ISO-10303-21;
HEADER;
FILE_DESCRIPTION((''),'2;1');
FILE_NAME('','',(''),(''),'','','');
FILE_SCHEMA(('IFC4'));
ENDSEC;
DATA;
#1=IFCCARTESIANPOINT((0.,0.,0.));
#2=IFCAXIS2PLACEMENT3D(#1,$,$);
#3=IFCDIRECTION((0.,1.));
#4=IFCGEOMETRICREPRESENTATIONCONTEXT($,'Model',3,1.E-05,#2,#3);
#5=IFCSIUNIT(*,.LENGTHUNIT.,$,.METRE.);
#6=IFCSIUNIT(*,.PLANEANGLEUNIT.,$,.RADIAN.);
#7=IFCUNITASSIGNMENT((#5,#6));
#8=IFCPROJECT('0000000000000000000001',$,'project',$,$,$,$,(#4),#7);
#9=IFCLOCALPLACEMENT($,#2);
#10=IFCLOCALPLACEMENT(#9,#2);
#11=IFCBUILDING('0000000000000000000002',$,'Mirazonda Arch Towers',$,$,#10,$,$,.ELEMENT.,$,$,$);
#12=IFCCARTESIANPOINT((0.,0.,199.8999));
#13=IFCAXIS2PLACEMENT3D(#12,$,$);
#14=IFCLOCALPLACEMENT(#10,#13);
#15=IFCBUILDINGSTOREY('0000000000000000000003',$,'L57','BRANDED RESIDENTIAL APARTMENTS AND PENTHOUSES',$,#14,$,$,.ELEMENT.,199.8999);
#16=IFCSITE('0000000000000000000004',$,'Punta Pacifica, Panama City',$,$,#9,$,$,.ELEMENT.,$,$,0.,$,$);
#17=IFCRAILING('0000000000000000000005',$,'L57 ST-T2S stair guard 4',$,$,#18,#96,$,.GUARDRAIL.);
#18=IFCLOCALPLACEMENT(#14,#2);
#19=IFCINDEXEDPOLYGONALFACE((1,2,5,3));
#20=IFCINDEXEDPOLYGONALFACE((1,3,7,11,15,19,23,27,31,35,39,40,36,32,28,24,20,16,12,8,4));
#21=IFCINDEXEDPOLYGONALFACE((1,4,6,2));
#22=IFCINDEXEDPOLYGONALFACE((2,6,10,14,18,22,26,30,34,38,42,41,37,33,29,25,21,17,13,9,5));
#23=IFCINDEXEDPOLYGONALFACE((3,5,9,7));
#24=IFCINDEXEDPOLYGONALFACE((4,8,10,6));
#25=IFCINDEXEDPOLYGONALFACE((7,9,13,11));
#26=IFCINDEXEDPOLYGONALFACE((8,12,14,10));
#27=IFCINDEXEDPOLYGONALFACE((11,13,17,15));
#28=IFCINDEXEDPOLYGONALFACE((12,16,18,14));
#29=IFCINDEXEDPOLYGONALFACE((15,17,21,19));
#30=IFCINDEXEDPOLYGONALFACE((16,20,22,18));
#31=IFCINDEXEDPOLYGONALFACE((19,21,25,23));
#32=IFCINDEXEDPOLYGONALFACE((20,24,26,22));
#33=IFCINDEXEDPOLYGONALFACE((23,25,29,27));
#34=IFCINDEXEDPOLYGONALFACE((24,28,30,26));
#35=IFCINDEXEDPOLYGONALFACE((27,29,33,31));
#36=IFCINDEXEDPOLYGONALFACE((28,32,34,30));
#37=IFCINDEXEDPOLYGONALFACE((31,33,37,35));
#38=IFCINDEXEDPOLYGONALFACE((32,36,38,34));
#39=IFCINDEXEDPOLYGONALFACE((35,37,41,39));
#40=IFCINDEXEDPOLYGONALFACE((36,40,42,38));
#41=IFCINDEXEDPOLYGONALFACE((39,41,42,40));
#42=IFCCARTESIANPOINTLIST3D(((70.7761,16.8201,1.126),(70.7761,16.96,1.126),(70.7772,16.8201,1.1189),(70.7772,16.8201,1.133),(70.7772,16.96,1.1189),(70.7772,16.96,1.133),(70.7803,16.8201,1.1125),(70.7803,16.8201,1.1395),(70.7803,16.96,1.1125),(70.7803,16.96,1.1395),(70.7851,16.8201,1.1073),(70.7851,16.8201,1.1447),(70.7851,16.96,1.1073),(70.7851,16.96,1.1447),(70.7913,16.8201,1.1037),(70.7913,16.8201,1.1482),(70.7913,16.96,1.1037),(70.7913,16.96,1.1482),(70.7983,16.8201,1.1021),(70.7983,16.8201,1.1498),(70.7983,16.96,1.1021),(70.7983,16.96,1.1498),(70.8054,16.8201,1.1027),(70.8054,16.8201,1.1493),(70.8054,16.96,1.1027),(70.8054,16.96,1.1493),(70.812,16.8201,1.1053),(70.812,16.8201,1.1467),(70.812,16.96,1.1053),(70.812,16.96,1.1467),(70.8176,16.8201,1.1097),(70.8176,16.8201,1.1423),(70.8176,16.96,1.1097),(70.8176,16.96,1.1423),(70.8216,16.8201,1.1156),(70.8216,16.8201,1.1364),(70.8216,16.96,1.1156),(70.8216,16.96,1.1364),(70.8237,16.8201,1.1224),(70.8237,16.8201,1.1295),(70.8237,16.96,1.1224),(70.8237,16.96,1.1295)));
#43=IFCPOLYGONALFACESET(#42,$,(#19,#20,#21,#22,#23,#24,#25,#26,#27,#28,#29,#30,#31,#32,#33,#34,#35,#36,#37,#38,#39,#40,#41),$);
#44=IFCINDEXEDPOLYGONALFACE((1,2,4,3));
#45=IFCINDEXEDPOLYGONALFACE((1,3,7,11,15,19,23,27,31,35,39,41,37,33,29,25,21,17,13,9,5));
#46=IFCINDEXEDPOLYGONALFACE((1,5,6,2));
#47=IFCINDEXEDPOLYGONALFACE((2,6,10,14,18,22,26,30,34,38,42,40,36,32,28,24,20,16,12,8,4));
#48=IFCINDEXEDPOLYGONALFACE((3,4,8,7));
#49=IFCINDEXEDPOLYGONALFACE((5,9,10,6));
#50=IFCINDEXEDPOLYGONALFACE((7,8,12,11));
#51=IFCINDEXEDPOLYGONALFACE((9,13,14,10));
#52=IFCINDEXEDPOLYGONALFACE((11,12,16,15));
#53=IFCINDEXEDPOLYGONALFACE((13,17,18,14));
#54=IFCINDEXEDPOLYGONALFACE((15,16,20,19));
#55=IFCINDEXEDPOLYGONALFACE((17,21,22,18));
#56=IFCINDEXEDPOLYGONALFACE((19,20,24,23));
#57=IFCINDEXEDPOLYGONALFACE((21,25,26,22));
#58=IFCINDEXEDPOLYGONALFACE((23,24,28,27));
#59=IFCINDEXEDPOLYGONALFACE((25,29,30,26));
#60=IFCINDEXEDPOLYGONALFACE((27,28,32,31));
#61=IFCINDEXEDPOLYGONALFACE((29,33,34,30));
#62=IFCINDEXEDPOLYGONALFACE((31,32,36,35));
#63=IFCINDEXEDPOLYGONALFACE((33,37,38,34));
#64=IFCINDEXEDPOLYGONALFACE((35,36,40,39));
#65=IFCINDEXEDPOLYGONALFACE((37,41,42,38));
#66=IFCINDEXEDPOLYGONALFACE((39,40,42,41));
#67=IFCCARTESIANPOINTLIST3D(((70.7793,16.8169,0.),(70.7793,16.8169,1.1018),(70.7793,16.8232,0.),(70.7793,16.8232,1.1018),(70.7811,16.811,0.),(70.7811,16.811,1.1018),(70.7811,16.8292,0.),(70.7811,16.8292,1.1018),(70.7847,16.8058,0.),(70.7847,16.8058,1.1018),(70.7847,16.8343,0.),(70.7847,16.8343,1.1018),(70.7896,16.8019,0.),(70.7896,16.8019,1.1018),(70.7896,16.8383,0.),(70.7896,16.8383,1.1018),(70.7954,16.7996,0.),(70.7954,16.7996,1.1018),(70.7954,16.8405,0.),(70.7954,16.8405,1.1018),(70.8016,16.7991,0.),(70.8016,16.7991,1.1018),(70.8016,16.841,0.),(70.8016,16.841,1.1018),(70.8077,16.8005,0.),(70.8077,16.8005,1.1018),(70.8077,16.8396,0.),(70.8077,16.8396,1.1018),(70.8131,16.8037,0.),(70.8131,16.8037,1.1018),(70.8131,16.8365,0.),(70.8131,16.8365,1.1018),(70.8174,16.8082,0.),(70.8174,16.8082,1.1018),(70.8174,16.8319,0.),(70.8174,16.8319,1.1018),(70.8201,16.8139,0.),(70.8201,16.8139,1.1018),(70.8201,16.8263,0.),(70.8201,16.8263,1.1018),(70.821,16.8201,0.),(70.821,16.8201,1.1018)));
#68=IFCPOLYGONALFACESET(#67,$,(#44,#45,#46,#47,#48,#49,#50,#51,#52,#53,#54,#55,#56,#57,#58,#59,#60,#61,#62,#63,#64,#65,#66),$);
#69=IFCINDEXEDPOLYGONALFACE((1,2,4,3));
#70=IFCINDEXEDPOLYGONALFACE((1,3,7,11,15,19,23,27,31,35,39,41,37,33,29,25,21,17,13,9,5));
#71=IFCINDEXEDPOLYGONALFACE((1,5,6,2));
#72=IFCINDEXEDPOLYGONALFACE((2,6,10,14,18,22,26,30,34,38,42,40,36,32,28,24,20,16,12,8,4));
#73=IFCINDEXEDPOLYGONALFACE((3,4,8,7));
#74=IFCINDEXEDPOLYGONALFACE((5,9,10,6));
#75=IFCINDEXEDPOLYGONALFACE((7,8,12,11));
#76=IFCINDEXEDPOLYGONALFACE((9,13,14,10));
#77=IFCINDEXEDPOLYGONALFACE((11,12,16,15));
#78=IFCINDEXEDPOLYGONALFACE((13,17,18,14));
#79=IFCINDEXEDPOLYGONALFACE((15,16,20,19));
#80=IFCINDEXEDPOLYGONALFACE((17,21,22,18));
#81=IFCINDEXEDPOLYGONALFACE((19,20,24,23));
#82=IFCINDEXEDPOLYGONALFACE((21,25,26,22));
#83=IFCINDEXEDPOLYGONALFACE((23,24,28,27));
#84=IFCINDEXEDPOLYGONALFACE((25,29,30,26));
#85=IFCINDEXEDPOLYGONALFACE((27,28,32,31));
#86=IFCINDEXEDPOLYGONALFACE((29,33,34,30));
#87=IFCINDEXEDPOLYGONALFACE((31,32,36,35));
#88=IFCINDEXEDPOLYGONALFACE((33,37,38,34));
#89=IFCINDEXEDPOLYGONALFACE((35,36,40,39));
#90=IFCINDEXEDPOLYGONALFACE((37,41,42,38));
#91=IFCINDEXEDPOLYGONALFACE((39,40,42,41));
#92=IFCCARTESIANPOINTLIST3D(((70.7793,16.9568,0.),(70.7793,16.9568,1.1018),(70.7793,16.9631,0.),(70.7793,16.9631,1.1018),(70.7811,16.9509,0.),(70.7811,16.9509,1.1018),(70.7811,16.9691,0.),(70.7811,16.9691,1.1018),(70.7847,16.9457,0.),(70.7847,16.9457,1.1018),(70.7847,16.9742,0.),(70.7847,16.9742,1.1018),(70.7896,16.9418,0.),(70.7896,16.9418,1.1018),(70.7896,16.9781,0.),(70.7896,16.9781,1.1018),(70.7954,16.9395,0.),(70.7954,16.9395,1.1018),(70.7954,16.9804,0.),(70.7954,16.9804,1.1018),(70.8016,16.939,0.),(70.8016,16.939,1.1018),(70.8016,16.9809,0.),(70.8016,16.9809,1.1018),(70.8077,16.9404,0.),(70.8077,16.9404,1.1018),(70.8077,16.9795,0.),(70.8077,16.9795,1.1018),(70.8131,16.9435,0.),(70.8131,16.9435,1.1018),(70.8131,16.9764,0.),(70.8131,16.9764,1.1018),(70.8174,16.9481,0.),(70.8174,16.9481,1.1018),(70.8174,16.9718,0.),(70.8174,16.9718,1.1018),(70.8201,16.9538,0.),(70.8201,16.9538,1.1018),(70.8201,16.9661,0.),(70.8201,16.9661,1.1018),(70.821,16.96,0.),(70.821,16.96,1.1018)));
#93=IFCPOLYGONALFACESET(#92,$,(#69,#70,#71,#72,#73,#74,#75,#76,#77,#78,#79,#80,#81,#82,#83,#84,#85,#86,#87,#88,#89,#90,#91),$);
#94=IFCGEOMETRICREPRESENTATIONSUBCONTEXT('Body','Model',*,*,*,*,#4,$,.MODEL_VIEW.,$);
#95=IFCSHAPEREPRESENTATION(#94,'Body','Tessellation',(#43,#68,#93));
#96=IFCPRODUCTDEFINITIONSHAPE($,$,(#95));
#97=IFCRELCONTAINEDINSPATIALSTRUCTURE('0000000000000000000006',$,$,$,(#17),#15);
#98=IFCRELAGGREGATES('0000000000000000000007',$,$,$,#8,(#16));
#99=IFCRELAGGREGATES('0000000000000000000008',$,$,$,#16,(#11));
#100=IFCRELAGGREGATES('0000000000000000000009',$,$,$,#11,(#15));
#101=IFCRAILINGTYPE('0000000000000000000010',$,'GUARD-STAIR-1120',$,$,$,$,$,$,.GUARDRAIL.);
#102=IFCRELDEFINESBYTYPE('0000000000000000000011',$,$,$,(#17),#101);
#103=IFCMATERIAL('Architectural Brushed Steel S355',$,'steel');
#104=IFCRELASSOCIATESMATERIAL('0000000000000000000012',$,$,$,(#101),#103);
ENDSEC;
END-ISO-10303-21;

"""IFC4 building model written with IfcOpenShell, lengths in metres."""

from ifc_helpers import new_model, si_unit, direction, frame, origin, origin_2d, place, context, subcontext, project, spatial, circle, extrude, material, type_object, element, save


model = new_model("IFC4")

# Units and contexts
model_context = context("Model", 3, precision=1e-05, world=origin(), true_north=direction((0.0, 1.0)))
body_context = subcontext(model_context, "Body", "Model", "MODEL_VIEW")
ifc_project = project(units=[si_unit("LENGTHUNIT", "METRE"), si_unit("PLANEANGLEUNIT", "RADIAN")], contexts=[model_context])

# Site, building, storey
site_placement = place(None, origin())
site = spatial("IfcSite", under=ifc_project, at=site_placement, Name="Punta Pacifica, Panama City", CompositionType="ELEMENT", RefElevation=0.0)
building_placement = place(site_placement, origin())
building = spatial("IfcBuilding", under=site, at=building_placement, Name="Mirazonda Arch Towers", CompositionType="ELEMENT")
storey_placement = place(building_placement, frame((0.0, 0.0, 199.8999)))
storey = spatial("IfcBuildingStorey", under=building, at=storey_placement, Name="L57", Description="BRANDED RESIDENTIAL APARTMENTS AND PENTHOUSES", CompositionType="ELEMENT", Elevation=199.8999)

# Shared definitions
ifc_material_1 = material(Name="Architectural Brushed Steel S355", Category="steel")

# Railing
railing_type_1 = type_object("IfcRailingType", Name="GUARD-STAIR-1120", PredefinedType="GUARDRAIL", material=ifc_material_1)
railing_1_placement = place(storey_placement, frame((70.8, 16.8201, 0.0)))
element("IfcRailing", 1, at=railing_1_placement, inside=storey, type_object=railing_type_1, Name="L57 ST-T2S stair guard 4", PredefinedType="GUARDRAIL", context=body_context, shape_type="SweptSolid", body=[
    extrude(circle(Radius=0.0239, at=origin_2d()), frame((0.0, 0.0, 1.126), z_axis=(0.0, 1.0, 0.0), x_axis=(-1.0, 0.0, 0.0)), (0.0, 0.0, 1.0), 0.1399),
    extrude(circle(Radius=0.021, at=origin_2d()), origin(), (0.0, 0.0, 1.0), 1.1018),
    extrude(circle(Radius=0.021, at=origin_2d()), frame((0.0, 0.1399, 0.0)), (0.0, 0.0, 1.0), 1.1018),
])

save(model, "model.ifc")
